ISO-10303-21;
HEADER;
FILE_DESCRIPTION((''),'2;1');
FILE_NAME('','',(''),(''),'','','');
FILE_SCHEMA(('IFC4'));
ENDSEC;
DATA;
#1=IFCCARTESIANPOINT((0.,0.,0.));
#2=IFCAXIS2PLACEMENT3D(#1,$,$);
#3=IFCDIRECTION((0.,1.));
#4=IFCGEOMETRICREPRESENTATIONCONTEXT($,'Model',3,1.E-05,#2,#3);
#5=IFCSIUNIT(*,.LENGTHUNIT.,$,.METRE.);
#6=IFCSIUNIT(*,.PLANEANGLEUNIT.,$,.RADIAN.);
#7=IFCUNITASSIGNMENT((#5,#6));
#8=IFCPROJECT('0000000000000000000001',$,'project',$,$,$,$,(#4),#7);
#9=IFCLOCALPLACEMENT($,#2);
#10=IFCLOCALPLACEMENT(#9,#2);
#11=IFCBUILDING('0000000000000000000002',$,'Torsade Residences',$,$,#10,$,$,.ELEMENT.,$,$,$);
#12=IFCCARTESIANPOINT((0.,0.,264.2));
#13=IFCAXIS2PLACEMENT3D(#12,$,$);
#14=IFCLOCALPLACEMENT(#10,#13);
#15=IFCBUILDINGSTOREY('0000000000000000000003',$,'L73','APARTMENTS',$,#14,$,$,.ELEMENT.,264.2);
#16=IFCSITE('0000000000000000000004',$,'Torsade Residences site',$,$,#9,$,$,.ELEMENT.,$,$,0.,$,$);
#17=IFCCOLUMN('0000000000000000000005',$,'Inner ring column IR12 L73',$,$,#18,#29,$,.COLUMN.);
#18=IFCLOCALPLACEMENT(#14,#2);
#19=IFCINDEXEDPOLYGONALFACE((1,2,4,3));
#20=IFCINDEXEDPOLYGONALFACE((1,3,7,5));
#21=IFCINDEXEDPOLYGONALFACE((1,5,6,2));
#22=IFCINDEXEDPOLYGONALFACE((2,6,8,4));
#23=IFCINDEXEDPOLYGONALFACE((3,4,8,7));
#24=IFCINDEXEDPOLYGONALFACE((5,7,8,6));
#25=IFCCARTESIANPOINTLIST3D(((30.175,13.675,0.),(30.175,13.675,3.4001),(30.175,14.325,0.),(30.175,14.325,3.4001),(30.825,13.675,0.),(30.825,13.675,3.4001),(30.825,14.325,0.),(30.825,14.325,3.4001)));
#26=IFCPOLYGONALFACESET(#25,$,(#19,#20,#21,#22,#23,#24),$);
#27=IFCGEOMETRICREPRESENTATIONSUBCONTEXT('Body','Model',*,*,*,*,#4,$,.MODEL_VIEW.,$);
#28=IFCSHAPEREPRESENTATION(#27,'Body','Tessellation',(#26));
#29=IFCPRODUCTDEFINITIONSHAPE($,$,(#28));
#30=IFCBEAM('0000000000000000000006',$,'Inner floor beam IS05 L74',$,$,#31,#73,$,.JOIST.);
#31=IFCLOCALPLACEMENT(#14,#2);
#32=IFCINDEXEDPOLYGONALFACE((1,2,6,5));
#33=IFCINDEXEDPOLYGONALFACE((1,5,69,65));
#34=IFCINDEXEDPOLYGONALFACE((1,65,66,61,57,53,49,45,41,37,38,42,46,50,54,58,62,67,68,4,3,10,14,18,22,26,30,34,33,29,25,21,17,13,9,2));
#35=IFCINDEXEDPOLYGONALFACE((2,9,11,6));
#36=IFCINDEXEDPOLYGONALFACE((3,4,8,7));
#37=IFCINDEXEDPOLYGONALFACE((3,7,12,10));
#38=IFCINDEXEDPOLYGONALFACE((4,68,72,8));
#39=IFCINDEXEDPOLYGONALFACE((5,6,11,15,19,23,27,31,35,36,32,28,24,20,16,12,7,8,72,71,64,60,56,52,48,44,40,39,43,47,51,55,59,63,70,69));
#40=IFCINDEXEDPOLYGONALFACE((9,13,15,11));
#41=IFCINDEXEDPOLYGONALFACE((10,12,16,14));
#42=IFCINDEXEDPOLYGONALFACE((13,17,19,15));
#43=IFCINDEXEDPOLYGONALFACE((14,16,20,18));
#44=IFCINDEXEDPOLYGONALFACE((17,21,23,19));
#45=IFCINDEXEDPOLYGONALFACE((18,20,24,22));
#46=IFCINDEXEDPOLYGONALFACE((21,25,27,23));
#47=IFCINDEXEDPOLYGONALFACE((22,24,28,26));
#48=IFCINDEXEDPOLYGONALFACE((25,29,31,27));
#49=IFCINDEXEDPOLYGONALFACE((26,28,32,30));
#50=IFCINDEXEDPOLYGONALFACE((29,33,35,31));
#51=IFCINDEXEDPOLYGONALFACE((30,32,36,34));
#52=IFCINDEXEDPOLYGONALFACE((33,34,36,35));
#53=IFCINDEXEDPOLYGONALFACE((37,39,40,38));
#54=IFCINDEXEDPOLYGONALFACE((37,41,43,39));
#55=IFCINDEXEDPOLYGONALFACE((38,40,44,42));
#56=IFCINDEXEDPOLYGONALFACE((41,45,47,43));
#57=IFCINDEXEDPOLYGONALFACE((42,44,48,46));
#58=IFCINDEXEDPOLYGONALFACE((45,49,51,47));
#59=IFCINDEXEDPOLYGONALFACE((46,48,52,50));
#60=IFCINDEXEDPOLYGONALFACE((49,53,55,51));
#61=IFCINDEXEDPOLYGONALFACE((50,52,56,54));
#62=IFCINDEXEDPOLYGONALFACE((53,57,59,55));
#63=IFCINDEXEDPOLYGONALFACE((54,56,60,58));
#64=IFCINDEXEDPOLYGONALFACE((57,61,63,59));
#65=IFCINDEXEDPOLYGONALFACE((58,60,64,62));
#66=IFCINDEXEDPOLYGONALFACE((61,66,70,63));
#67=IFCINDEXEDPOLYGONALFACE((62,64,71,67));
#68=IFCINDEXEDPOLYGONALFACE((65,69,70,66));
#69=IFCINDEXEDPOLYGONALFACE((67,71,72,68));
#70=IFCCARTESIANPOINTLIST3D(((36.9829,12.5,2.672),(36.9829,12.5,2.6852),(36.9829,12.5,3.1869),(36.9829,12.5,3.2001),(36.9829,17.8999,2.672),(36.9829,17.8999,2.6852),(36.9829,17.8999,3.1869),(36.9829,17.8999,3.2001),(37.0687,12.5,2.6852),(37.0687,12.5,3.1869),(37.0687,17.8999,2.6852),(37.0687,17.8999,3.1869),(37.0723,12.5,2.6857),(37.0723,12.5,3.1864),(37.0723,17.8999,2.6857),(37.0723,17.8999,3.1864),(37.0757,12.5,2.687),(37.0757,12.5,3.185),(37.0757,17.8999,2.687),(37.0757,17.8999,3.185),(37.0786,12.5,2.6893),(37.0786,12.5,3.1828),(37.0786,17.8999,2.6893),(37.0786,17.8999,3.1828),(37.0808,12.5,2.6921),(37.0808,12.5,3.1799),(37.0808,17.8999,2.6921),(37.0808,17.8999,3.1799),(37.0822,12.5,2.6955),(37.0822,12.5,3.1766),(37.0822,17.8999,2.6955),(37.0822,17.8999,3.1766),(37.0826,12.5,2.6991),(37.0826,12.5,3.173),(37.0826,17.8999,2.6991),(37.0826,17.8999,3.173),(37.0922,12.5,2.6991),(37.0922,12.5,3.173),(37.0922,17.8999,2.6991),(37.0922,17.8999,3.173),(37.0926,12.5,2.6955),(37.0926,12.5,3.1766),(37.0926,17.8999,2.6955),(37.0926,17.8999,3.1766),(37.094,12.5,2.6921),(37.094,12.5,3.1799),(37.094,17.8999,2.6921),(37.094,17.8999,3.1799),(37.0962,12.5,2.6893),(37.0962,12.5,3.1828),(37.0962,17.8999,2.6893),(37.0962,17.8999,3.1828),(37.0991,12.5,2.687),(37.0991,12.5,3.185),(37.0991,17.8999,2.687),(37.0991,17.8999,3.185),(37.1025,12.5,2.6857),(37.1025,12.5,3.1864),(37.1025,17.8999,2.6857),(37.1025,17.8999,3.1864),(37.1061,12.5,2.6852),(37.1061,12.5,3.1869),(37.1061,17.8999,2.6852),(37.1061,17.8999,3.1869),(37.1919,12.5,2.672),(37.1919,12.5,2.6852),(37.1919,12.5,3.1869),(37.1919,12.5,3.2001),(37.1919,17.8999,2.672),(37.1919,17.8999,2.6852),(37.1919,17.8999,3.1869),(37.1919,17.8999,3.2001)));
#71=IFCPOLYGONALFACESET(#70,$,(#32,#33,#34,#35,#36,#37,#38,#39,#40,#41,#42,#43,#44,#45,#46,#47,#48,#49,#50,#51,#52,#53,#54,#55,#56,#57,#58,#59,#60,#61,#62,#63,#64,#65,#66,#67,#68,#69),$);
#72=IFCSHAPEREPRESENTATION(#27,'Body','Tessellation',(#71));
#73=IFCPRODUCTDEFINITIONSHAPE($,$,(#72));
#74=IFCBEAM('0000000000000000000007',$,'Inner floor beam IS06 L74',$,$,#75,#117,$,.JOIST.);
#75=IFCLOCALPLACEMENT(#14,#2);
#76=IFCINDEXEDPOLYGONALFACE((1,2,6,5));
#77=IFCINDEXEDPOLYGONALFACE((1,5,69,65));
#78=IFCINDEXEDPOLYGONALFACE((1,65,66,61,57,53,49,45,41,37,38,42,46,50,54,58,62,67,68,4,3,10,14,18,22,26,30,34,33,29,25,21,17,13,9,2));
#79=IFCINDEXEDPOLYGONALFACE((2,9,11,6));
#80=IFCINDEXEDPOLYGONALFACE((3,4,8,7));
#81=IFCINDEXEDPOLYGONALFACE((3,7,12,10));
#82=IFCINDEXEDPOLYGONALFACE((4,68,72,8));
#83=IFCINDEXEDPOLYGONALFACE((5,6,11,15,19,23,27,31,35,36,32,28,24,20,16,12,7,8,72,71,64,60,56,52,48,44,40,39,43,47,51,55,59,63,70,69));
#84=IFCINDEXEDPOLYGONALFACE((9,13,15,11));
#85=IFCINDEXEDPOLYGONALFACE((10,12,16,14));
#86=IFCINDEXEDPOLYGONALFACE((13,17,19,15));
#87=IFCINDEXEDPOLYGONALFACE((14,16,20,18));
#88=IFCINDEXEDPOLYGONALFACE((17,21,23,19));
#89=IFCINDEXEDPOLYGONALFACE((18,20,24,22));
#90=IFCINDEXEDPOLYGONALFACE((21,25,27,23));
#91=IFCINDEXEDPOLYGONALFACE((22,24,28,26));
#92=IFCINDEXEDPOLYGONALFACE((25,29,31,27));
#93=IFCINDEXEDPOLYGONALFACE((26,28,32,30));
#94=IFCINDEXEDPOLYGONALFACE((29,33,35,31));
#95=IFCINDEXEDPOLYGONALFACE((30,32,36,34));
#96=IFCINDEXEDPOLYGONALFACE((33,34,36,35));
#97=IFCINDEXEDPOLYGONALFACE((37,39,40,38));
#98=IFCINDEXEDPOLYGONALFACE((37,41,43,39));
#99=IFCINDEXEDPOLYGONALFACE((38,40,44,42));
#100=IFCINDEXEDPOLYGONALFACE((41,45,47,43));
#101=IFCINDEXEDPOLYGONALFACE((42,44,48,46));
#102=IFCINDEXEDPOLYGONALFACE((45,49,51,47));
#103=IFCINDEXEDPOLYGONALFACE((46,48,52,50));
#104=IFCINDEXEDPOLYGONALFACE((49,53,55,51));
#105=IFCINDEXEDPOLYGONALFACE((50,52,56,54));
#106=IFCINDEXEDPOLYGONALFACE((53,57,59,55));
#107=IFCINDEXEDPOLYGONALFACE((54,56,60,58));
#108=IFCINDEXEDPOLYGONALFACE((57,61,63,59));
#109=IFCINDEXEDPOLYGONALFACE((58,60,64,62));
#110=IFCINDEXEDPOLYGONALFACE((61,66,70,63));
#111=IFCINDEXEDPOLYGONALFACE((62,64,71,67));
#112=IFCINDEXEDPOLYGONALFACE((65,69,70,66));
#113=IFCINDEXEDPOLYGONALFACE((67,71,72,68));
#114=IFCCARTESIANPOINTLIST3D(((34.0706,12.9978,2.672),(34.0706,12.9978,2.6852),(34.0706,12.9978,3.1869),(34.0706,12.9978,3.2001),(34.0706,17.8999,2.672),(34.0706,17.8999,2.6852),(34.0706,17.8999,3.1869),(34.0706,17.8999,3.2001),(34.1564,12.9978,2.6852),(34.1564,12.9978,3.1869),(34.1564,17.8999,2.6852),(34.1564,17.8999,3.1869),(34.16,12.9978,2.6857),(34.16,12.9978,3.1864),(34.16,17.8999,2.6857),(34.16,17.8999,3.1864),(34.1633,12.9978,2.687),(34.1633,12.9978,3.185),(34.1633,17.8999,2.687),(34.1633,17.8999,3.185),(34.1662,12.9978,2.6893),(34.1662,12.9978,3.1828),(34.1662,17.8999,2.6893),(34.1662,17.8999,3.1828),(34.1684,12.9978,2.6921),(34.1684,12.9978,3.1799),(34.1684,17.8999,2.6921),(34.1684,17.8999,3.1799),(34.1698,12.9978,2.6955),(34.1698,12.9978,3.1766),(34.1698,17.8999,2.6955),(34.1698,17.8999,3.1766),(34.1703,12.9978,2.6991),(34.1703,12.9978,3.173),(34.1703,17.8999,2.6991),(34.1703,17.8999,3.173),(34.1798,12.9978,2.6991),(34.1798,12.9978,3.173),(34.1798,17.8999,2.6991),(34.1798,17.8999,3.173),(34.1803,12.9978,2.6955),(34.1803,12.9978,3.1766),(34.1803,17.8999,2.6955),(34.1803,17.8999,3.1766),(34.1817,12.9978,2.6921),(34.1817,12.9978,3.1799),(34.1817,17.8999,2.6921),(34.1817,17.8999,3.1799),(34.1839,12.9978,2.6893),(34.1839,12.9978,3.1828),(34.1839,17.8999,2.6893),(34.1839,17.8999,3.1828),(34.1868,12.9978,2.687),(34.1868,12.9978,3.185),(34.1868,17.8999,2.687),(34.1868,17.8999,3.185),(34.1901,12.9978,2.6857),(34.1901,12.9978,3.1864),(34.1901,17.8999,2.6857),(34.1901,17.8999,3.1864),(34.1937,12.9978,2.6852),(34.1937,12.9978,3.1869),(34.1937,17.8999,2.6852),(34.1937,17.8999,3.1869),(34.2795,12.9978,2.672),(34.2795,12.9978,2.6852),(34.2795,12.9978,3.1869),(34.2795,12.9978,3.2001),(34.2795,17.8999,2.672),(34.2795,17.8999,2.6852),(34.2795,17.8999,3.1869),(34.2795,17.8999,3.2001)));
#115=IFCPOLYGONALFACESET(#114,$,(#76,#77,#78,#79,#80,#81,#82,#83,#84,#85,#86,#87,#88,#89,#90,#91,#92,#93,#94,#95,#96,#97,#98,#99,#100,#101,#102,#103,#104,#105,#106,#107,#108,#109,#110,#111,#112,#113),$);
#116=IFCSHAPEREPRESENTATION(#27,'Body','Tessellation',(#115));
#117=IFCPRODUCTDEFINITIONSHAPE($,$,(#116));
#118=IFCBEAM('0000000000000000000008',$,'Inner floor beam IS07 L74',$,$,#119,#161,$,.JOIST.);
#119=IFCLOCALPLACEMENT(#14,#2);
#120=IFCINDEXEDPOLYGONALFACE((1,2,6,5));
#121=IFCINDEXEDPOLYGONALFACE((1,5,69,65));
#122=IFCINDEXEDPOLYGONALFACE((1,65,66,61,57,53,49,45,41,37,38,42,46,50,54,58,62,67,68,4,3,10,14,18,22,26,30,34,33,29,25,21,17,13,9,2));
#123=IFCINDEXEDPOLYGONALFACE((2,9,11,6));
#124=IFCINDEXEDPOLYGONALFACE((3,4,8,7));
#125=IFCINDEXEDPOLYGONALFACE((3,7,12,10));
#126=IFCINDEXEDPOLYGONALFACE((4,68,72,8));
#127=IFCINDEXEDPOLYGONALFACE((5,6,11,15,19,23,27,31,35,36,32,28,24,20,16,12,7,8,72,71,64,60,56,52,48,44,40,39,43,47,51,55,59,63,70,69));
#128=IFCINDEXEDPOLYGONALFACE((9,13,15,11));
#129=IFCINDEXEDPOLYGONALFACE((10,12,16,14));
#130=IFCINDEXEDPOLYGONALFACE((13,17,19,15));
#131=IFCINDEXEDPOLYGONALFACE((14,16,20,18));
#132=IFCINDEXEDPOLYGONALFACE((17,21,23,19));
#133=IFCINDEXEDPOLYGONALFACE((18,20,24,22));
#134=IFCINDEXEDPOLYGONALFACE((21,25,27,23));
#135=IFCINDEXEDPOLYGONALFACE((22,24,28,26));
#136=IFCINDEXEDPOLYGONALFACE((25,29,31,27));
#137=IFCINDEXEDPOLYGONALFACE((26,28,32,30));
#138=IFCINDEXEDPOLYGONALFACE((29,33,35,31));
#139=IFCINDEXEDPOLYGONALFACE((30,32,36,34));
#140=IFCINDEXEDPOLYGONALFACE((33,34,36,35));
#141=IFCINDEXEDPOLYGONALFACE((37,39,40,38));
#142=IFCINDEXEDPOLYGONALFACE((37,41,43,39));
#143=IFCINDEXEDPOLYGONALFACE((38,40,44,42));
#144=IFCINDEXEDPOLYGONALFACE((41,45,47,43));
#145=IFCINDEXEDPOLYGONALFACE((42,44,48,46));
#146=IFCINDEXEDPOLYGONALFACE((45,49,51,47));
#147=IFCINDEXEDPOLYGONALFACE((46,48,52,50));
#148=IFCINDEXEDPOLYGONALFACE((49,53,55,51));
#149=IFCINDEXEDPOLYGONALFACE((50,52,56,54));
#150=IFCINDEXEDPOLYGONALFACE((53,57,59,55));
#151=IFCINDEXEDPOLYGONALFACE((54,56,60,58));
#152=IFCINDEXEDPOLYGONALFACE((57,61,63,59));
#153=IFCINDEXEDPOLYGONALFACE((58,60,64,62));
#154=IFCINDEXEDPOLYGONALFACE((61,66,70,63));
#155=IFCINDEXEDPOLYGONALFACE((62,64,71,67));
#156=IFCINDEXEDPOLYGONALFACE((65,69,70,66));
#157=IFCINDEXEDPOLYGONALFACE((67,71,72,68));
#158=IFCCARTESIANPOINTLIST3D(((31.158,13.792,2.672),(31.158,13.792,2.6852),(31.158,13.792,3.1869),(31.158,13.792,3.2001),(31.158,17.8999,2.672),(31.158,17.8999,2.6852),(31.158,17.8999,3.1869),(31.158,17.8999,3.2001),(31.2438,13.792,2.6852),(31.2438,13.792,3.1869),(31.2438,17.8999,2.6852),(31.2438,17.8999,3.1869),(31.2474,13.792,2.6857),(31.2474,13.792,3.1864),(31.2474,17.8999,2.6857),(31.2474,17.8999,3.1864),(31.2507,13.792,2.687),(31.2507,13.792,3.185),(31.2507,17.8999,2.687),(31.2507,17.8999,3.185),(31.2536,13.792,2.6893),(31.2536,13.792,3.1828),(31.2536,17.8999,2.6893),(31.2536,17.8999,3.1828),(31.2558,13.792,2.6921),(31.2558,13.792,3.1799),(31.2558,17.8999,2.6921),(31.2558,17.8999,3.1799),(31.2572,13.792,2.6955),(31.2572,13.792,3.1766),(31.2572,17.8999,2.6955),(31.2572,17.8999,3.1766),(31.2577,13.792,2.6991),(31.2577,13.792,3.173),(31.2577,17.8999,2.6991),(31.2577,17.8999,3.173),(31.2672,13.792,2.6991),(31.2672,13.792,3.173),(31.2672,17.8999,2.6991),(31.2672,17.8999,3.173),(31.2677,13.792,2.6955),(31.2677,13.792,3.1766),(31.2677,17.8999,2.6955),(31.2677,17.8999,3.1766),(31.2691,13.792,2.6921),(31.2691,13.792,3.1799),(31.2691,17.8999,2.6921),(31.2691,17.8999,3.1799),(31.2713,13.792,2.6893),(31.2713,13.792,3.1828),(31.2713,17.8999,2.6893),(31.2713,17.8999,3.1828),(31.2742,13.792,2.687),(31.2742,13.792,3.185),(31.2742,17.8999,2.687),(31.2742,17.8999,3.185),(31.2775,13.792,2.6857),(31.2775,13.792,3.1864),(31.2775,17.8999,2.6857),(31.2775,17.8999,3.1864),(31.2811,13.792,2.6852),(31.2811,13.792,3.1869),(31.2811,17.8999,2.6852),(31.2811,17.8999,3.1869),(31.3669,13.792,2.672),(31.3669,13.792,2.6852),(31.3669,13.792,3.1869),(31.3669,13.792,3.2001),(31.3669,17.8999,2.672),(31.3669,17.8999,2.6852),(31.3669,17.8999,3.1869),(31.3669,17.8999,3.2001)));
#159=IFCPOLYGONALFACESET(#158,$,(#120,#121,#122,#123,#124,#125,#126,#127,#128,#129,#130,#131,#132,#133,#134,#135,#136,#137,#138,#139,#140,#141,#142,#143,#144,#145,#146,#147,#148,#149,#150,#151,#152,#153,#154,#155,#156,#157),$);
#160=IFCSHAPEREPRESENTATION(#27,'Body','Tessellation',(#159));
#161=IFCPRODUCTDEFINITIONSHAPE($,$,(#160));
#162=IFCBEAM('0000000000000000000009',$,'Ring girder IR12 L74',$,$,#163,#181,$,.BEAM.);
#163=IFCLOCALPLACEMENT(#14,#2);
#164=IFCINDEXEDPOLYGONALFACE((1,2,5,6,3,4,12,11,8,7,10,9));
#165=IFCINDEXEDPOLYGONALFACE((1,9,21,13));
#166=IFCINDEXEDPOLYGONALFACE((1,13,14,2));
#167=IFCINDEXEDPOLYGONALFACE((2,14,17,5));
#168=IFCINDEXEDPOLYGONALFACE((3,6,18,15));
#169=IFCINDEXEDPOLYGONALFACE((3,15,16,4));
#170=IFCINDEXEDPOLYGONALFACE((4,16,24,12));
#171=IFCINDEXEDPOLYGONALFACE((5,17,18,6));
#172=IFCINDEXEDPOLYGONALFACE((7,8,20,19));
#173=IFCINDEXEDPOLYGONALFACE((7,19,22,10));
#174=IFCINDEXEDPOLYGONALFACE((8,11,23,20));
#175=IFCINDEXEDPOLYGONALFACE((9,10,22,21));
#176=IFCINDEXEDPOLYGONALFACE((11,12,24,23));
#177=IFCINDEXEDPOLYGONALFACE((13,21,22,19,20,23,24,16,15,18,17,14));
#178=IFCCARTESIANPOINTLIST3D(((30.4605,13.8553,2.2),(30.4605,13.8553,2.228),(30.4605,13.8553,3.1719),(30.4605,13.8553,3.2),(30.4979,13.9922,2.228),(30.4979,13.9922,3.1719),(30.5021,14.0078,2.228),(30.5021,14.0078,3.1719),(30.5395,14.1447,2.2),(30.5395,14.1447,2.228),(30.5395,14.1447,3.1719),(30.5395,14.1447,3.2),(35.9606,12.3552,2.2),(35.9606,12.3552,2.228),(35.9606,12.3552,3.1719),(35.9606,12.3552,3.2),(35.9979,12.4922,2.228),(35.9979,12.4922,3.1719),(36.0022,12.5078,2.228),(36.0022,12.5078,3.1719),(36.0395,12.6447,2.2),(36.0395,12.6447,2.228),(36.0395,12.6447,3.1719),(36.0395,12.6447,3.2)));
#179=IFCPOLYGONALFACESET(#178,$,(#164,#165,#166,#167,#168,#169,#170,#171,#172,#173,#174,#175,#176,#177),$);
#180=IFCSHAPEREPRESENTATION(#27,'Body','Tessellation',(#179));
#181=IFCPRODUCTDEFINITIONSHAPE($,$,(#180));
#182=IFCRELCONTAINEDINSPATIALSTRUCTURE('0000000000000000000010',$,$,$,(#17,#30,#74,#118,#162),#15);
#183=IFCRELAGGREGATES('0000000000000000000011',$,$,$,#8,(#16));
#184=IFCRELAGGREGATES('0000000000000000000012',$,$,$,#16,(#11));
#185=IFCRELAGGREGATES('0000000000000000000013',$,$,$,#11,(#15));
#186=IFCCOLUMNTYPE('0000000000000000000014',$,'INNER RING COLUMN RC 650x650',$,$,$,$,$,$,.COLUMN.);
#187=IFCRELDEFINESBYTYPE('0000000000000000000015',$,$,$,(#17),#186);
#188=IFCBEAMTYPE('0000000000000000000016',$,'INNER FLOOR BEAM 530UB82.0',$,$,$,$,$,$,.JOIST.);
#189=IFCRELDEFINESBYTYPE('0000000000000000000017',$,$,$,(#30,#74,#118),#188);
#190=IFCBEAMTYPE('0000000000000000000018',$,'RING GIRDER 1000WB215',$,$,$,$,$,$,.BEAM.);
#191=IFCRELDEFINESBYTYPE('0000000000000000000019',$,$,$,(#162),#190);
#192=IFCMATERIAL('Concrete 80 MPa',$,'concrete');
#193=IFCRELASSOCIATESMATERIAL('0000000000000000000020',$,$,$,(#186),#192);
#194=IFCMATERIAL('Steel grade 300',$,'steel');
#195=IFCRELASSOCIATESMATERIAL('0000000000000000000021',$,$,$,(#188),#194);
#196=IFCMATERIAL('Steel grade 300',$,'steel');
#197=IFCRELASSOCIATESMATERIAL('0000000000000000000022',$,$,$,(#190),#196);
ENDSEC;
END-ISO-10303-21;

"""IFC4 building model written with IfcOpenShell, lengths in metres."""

from ifc_helpers import new_model, si_unit, direction, frame, origin, origin_2d, place, context, subcontext, project, spatial, rectangle, i_section, extrude, material, material_profile, profile_set, type_object, element, save


model = new_model("IFC4")

# Units and contexts
model_context = context("Model", 3, precision=1e-05, world=origin(), true_north=direction((0.0, 1.0)))
body_context = subcontext(model_context, "Body", "Model", "MODEL_VIEW")
ifc_project = project(units=[si_unit("LENGTHUNIT", "METRE"), si_unit("PLANEANGLEUNIT", "RADIAN")], contexts=[model_context])

# Site, building, storey
site_placement = place(None, origin())
site = spatial("IfcSite", under=ifc_project, at=site_placement, Name="Torsade Residences site", CompositionType="ELEMENT", RefElevation=0.0)
building_placement = place(site_placement, origin())
building = spatial("IfcBuilding", under=site, at=building_placement, Name="Torsade Residences", CompositionType="ELEMENT")
storey_placement = place(building_placement, frame((0.0, 0.0, 264.2)))
storey = spatial("IfcBuildingStorey", under=building, at=storey_placement, Name="L73", Description="APARTMENTS", CompositionType="ELEMENT", Elevation=264.2)

# Column
ifc_material_1 = material(Name="Concrete 80 MPa", Category="concrete")
ifc_material_profile_1 = material_profile(ifc_material_1, rectangle(XDim=0.6499, YDim=0.6499, at=origin_2d()), Name="RC 650x650")
ifc_profile_set_1 = profile_set([ifc_material_profile_1], Name="Concrete 80 MPa")
column_type = type_object("IfcColumnType", Name="INNER RING COLUMN RC 650x650", PredefinedType="COLUMN", material=ifc_profile_set_1)
column_placement = place(storey_placement, frame((30.5, 14.0, 0.0), z_axis=(0.0, 0.0, 1.0), x_axis=(1.0, 0.0, 0.0)))
element("IfcColumn", 1, at=column_placement, inside=storey, type_object=column_type, Name="Inner ring column IR12 L73", PredefinedType="COLUMN", context=body_context, shape_type="SweptSolid", body=[
    extrude(rectangle(XDim=0.6499, YDim=0.6499, at=origin_2d()), origin(), (0.0, 0.0, 1.0), 3.4001),
])

# Beams
ifc_material_2 = material(Name="Steel grade 300", Category="steel")
ifc_material_profile_2 = material_profile(ifc_material_2, i_section(OverallWidth=0.209, OverallDepth=0.5281, WebThickness=0.0095, FlangeThickness=0.0132, FilletRadius=0.0139, at=origin_2d()), Name="530UB82.0")
ifc_profile_set_2 = profile_set([ifc_material_profile_2], Name="Steel grade 300")
beam_type_1 = type_object("IfcBeamType", Name="INNER FLOOR BEAM 530UB82.0", PredefinedType="JOIST", material=ifc_profile_set_2)
beam_1_placement = place(storey_placement, frame((37.0874, 17.8999, 2.936), z_axis=(0.0, -1.0, 0.0), x_axis=(1.0, 0.0, 0.0)))
element("IfcBeam", 2, at=beam_1_placement, inside=storey, type_object=beam_type_1, Name="Inner floor beam IS05 L74", PredefinedType="JOIST", context=body_context, shape_type="SweptSolid", body=[
    extrude(i_section(OverallWidth=0.209, OverallDepth=0.5281, WebThickness=0.0095, FlangeThickness=0.0132, FilletRadius=0.0139, at=origin_2d()), origin(), (0.0, 0.0, 1.0), 5.3999),
])
beam_2_placement = place(storey_placement, frame((34.175, 17.8999, 2.936), z_axis=(0.0, -1.0, 0.0), x_axis=(1.0, 0.0, 0.0)))
element("IfcBeam", 3, at=beam_2_placement, inside=storey, type_object=beam_type_1, Name="Inner floor beam IS06 L74", PredefinedType="JOIST", context=body_context, shape_type="SweptSolid", body=[
    extrude(i_section(OverallWidth=0.209, OverallDepth=0.5281, WebThickness=0.0095, FlangeThickness=0.0132, FilletRadius=0.0139, at=origin_2d()), origin(), (0.0, 0.0, 1.0), 4.9021),
])
beam_3_placement = place(storey_placement, frame((31.2625, 17.8999, 2.936), z_axis=(0.0, -1.0, 0.0), x_axis=(1.0, 0.0, 0.0)))
element("IfcBeam", 4, at=beam_3_placement, inside=storey, type_object=beam_type_1, Name="Inner floor beam IS07 L74", PredefinedType="JOIST", context=body_context, shape_type="SweptSolid", body=[
    extrude(i_section(OverallWidth=0.209, OverallDepth=0.5281, WebThickness=0.0095, FlangeThickness=0.0132, FilletRadius=0.0139, at=origin_2d()), origin(), (0.0, 0.0, 1.0), 4.1079),
])
ifc_material_3 = material(Name="Steel grade 300", Category="steel")
ifc_material_profile_3 = material_profile(ifc_material_3, i_section(OverallWidth=0.3, OverallDepth=1.0, WebThickness=0.0161, FlangeThickness=0.0281, at=origin_2d()), Name="1000WB215")
ifc_profile_set_3 = profile_set([ifc_material_profile_3], Name="Steel grade 300")
beam_type_2 = type_object("IfcBeamType", Name="RING GIRDER 1000WB215", PredefinedType="BEAM", material=ifc_profile_set_3)
beam_4_placement = place(storey_placement, frame((30.5, 14.0, 2.7), z_axis=(0.964764, -0.263117, 0.0), x_axis=(0.263117, 0.964764, 0.0)))
element("IfcBeam", 5, at=beam_4_placement, inside=storey, type_object=beam_type_2, Name="Ring girder IR12 L74", PredefinedType="BEAM", context=body_context, shape_type="SweptSolid", body=[
    extrude(i_section(OverallWidth=0.3, OverallDepth=1.0, WebThickness=0.0161, FlangeThickness=0.0281, at=origin_2d()), origin(), (0.0, 0.0, 1.0), 5.7009),
])

save(model, "model.ifc")
